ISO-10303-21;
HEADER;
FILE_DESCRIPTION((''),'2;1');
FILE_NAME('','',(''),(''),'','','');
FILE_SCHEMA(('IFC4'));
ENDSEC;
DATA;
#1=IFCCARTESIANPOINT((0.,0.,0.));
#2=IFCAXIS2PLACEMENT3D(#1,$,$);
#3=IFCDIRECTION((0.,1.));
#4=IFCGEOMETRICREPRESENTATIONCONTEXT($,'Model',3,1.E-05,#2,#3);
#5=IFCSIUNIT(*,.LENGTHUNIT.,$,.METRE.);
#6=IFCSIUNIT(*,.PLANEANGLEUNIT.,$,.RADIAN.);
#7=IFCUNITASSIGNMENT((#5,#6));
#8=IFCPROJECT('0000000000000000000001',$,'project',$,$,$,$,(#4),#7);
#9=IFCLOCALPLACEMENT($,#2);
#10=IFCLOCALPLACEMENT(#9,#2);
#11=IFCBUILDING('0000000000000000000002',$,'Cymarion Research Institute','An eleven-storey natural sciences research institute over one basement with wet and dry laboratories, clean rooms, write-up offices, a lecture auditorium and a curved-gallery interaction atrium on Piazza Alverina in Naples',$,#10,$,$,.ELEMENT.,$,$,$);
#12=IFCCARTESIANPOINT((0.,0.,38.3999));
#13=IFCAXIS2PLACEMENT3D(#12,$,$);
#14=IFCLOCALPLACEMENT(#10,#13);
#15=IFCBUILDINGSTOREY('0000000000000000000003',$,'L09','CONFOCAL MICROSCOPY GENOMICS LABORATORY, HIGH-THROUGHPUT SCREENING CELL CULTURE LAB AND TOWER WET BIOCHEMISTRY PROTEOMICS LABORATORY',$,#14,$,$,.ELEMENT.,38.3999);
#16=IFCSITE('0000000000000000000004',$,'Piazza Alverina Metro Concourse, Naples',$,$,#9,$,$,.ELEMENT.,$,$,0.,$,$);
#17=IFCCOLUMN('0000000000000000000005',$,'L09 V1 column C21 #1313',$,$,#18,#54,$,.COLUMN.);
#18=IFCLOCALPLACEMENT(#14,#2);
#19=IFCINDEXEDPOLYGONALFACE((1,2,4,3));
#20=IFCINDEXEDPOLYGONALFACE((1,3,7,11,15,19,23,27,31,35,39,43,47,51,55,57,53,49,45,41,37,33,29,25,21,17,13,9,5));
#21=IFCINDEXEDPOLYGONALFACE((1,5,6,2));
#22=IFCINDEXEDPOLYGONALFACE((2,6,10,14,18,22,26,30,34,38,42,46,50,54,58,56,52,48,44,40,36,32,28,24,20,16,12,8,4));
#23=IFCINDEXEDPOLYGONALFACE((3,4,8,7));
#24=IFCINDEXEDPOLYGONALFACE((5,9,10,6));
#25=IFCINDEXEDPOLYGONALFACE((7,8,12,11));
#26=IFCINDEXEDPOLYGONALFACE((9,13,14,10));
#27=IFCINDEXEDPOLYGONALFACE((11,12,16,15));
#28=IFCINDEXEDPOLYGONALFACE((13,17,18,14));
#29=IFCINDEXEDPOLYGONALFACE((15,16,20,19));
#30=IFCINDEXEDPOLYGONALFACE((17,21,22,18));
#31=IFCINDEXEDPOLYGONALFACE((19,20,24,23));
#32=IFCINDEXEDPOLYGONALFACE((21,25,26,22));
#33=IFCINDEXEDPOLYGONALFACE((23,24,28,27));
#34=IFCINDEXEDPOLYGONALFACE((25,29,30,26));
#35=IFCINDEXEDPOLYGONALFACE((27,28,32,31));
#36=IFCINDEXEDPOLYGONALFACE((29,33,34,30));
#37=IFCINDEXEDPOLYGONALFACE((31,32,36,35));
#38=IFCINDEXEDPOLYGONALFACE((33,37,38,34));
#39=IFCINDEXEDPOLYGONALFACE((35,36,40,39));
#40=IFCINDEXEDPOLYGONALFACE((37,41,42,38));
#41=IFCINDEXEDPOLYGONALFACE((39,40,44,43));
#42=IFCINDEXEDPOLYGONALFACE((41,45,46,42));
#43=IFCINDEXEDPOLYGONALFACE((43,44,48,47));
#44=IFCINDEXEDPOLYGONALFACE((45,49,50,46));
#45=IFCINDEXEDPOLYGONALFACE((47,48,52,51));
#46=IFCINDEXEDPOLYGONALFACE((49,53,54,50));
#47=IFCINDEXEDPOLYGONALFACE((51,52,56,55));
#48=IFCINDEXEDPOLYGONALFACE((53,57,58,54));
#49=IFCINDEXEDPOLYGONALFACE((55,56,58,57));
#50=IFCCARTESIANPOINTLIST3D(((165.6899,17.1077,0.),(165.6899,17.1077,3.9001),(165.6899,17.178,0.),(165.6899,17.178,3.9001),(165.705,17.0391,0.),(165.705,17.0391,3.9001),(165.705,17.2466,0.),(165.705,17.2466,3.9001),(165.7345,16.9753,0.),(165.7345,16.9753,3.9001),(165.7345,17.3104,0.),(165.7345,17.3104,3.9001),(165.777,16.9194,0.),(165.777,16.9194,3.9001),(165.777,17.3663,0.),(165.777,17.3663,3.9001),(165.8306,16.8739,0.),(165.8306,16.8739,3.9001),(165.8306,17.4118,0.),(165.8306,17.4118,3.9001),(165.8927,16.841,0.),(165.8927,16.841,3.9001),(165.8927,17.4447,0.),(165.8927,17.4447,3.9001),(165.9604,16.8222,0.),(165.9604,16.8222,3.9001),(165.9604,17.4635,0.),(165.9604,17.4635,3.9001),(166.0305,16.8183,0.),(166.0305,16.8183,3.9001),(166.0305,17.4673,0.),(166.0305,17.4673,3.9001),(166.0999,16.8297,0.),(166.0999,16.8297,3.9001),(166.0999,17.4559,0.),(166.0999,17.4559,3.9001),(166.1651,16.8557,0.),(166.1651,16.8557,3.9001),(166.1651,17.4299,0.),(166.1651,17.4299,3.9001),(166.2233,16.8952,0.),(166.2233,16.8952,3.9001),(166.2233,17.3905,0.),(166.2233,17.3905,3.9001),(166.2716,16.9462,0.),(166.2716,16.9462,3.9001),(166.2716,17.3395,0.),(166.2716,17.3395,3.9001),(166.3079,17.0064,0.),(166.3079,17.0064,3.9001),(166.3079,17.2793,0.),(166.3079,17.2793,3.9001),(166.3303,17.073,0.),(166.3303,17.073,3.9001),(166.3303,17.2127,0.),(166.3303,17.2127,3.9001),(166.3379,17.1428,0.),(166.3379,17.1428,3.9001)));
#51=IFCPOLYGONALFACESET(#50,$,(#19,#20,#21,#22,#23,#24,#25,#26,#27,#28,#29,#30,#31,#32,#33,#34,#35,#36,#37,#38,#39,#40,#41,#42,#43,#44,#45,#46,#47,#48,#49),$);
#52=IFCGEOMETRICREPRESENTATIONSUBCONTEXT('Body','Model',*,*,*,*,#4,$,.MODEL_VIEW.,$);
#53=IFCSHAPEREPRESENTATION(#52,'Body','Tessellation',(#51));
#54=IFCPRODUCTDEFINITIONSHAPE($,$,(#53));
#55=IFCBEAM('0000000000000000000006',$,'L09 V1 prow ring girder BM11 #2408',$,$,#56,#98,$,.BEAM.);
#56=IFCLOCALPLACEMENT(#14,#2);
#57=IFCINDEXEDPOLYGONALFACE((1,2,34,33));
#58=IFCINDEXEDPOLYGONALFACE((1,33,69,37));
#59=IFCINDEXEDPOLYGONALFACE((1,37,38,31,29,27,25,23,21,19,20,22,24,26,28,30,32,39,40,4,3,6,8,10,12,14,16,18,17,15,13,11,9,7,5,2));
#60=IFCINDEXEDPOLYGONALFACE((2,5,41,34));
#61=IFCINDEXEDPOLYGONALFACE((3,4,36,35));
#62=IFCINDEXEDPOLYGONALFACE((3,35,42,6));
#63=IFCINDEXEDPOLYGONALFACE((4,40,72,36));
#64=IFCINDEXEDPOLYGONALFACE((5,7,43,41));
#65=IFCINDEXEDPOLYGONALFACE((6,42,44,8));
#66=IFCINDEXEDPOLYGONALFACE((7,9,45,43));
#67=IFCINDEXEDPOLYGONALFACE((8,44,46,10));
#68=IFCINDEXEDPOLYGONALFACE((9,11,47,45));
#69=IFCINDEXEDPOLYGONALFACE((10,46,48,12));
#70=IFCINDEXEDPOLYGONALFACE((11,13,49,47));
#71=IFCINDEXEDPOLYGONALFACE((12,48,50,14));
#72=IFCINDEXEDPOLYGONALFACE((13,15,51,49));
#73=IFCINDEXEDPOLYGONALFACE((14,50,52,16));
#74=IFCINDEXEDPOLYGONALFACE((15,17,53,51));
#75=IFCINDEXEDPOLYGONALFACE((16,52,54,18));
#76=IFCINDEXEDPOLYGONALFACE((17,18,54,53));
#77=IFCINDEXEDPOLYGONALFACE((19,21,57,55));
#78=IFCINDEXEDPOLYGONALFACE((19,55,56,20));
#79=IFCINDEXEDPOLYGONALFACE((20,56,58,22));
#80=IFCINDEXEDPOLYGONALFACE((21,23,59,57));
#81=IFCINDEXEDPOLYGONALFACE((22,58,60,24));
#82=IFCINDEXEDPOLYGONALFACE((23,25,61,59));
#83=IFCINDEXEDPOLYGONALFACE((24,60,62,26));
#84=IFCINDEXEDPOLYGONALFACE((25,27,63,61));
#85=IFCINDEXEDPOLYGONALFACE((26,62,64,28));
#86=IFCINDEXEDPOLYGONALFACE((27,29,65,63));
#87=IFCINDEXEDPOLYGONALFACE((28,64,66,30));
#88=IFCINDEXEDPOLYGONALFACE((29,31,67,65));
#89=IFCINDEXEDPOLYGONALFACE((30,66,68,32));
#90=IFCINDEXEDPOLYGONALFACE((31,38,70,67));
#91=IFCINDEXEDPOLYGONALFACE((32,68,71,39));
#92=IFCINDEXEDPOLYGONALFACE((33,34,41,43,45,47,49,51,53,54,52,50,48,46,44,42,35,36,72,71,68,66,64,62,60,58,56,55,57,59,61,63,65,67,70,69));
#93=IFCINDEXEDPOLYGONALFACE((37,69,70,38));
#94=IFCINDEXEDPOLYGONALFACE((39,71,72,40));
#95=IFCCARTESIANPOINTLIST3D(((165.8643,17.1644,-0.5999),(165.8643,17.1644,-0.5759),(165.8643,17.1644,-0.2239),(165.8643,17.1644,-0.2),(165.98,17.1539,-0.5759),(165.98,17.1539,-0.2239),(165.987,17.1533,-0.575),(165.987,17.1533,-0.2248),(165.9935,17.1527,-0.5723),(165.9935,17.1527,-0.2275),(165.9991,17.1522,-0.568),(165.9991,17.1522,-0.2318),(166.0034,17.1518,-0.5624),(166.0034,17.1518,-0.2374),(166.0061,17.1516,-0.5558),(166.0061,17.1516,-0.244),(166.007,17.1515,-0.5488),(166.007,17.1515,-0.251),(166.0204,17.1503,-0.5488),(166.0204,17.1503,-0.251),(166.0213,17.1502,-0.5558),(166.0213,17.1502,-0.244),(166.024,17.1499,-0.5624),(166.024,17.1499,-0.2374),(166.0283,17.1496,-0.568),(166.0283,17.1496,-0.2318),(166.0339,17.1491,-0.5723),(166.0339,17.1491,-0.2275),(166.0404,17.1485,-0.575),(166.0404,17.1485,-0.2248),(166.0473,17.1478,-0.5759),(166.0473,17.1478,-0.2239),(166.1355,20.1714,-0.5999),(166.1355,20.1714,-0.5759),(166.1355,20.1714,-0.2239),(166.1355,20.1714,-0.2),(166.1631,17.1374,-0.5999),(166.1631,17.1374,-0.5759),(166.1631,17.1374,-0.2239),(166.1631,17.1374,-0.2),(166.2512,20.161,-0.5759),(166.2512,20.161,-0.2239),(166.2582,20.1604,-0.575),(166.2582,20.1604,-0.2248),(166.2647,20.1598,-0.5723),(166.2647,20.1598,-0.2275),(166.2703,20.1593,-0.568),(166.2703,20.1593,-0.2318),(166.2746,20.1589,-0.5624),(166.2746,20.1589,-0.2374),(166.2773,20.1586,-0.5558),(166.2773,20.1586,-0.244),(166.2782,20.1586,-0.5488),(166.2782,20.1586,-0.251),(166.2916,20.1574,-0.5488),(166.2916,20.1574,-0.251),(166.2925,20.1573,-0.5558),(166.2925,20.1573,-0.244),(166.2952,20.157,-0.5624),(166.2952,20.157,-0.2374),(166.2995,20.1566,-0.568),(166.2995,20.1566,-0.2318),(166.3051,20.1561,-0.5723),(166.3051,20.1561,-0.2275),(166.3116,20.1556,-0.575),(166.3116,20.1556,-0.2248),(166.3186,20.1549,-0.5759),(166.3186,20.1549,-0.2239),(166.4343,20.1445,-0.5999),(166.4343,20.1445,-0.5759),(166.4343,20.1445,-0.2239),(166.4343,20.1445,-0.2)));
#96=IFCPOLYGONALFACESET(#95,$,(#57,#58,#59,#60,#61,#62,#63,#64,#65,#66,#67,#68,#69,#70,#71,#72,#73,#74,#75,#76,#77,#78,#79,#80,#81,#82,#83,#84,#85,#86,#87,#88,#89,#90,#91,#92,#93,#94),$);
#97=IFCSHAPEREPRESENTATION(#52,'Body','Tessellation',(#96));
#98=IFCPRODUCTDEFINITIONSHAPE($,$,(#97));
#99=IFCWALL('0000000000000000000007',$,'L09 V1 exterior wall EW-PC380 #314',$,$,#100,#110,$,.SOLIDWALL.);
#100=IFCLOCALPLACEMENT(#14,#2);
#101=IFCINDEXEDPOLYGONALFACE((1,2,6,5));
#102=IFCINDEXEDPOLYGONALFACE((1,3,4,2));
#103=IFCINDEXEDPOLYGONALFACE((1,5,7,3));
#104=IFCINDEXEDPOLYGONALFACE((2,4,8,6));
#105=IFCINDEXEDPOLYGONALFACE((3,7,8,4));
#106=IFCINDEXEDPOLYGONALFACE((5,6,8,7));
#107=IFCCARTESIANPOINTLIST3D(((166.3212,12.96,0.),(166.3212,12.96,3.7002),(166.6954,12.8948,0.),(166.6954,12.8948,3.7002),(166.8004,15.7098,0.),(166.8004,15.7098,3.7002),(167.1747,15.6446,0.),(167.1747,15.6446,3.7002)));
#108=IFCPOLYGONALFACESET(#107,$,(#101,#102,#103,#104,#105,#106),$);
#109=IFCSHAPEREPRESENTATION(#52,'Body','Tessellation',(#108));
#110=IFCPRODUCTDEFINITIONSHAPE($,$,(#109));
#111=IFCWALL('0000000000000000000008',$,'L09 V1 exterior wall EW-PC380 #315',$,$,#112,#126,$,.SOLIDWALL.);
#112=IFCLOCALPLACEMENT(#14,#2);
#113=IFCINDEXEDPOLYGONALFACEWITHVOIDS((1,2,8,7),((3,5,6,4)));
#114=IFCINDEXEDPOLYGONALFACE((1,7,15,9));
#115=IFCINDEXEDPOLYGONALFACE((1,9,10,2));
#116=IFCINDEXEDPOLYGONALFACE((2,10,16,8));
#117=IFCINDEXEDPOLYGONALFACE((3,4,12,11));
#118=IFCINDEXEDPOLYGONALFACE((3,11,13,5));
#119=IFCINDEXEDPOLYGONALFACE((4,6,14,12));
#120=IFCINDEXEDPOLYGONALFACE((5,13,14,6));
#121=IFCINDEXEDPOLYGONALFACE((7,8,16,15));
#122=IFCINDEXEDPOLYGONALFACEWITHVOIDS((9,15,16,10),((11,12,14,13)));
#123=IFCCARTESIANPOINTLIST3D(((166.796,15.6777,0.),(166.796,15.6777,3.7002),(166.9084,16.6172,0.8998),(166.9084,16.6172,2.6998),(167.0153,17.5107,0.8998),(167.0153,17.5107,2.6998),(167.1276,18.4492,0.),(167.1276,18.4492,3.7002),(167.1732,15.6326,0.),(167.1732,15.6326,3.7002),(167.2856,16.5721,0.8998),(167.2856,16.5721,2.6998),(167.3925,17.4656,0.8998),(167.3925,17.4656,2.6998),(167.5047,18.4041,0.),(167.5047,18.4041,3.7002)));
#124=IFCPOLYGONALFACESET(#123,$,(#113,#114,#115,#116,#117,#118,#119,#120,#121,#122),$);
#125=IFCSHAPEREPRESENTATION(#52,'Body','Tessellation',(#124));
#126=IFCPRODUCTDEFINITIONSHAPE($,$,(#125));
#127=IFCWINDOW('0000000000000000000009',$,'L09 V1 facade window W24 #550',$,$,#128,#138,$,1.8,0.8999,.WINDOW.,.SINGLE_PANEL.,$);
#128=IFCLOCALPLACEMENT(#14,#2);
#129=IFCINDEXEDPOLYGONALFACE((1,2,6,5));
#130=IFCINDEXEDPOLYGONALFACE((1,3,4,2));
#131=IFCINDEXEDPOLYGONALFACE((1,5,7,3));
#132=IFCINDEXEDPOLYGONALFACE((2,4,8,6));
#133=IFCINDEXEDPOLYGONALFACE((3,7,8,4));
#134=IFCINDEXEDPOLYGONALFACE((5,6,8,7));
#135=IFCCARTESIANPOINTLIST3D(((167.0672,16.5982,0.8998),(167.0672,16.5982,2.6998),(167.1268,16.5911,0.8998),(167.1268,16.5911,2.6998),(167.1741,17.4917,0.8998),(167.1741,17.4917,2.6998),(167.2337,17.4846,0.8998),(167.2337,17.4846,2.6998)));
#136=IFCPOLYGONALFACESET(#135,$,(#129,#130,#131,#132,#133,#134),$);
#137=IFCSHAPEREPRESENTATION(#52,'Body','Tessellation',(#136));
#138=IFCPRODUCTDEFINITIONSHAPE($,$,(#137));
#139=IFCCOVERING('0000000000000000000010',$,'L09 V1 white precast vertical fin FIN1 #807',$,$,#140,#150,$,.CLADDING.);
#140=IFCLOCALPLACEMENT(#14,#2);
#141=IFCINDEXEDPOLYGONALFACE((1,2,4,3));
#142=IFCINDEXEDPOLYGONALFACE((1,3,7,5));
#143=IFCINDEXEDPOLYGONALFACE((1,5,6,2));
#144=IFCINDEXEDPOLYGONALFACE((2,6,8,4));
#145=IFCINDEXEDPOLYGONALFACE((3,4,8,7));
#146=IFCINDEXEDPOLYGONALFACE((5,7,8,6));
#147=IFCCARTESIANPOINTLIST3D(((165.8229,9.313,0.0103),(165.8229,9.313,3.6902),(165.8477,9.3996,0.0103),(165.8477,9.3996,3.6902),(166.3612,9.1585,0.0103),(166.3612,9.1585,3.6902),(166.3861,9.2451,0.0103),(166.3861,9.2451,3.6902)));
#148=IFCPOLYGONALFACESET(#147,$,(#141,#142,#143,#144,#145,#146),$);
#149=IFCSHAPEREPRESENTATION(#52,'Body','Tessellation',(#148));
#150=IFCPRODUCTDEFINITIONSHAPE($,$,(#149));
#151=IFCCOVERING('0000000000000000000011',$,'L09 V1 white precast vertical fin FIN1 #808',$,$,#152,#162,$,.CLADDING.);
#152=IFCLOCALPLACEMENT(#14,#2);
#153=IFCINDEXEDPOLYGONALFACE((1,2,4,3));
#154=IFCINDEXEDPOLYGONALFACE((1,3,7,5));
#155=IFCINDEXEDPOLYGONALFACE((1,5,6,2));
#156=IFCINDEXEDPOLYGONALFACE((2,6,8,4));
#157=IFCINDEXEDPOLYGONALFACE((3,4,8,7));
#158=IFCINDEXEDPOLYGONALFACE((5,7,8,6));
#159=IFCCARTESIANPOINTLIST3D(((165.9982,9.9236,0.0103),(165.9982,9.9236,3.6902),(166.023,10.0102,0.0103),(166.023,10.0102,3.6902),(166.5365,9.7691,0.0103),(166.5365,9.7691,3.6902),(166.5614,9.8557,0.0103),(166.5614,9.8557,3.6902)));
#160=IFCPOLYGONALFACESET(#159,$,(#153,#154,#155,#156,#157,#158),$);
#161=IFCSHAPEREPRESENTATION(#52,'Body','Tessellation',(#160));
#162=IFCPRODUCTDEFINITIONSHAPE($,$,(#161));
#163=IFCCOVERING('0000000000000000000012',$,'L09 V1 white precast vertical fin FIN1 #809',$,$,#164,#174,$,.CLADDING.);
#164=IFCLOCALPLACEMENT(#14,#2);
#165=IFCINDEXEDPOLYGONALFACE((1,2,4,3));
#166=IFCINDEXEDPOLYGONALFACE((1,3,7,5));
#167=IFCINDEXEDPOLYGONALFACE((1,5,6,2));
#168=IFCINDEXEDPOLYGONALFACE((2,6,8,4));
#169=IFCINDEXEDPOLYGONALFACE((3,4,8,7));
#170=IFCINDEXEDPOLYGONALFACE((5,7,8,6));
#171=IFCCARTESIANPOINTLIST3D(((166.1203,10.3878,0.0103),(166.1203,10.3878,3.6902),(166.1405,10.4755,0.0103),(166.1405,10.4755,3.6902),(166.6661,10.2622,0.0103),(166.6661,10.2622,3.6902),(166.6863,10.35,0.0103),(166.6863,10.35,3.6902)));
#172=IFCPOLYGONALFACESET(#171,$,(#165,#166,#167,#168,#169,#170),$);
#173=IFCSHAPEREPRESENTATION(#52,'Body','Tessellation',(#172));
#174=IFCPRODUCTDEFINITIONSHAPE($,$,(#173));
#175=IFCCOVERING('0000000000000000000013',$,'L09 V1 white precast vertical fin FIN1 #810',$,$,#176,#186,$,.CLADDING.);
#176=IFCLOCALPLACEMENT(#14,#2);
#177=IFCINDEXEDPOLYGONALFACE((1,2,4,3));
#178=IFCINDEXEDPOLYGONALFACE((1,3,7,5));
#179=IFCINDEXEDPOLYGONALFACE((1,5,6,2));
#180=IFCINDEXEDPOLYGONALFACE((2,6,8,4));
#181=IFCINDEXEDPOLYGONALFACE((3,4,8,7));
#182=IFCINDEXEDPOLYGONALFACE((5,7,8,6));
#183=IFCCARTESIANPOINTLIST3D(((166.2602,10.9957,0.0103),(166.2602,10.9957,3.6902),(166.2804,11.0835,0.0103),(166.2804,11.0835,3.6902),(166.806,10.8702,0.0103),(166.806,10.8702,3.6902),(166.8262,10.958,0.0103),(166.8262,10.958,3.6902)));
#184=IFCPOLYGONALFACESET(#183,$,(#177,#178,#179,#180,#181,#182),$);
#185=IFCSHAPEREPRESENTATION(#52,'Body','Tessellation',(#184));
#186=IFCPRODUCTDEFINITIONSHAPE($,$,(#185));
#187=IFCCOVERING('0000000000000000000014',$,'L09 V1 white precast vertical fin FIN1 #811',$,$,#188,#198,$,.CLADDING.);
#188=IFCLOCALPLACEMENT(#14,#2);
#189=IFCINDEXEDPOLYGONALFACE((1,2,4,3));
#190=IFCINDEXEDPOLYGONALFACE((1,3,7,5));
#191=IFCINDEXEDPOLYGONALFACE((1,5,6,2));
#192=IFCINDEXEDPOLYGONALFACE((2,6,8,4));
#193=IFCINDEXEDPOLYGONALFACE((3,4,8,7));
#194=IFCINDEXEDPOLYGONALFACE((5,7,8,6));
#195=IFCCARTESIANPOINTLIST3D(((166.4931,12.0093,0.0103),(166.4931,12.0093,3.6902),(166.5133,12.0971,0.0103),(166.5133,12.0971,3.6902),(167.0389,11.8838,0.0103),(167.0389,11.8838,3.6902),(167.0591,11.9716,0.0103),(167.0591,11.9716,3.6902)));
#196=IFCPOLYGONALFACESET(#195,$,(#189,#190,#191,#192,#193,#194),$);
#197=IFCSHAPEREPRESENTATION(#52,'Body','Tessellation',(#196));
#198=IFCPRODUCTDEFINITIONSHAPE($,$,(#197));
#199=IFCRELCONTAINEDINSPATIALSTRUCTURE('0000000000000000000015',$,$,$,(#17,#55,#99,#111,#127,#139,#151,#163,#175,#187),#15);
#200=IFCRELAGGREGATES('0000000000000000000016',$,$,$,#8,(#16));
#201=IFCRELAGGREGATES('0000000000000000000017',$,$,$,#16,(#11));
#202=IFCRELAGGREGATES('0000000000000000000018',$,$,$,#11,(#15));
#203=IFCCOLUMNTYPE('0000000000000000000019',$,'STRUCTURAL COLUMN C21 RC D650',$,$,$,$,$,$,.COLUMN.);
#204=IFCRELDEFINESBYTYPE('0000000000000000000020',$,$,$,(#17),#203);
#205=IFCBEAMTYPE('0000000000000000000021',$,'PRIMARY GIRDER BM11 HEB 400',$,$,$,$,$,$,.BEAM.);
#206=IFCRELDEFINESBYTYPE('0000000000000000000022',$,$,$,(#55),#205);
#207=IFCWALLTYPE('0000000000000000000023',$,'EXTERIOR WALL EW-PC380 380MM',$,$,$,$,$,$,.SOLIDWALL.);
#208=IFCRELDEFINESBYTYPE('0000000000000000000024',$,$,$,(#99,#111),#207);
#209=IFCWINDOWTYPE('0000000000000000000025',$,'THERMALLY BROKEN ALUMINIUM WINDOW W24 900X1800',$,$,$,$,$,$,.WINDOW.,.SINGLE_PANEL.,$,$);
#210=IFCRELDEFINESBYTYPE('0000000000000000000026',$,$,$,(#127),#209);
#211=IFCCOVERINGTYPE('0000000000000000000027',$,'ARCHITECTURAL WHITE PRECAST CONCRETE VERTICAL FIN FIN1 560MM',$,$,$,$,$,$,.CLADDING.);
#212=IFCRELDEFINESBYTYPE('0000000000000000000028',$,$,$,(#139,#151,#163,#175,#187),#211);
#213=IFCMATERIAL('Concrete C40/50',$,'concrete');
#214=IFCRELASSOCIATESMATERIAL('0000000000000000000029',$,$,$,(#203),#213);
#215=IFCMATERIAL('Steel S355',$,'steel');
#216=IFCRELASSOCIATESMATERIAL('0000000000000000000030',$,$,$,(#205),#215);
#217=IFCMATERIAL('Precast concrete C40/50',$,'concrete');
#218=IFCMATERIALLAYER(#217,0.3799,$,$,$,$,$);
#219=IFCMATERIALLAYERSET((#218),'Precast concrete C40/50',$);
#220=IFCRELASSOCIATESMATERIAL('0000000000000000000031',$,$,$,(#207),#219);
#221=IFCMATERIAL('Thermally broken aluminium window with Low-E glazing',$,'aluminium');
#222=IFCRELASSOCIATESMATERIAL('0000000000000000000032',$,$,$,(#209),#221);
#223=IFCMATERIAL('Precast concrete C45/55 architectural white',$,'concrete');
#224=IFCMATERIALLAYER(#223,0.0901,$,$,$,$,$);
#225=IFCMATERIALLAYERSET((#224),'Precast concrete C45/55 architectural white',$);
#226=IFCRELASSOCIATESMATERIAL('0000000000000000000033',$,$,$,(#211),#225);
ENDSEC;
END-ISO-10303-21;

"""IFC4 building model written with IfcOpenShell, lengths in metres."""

from ifc_helpers import new_model, si_unit, direction, frame, frame_2d, origin, origin_2d, place, context, subcontext, project, spatial, rectangle, circle, i_section, extrude, material, layer, layer_set, material_profile, profile_set, type_object, element, fill, save


model = new_model("IFC4")

# Units and contexts
model_context = context("Model", 3, precision=1e-05, world=origin(), true_north=direction((0.0, 1.0)))
body_context = subcontext(model_context, "Body", "Model", "MODEL_VIEW")
ifc_project = project(units=[si_unit("LENGTHUNIT", "METRE"), si_unit("PLANEANGLEUNIT", "RADIAN")], contexts=[model_context])

# Site, building, storey
site_placement = place(None, origin())
site = spatial("IfcSite", under=ifc_project, at=site_placement, Name="Piazza Alverina Metro Concourse, Naples", CompositionType="ELEMENT", RefElevation=0.0)
building_placement = place(site_placement, origin())
building = spatial("IfcBuilding", under=site, at=building_placement, Name="Cymarion Research Institute", Description="An eleven-storey natural sciences research institute over one basement with wet and dry laboratories, clean rooms, write-up offices, a lecture auditorium and a curved-gallery interaction atrium on Piazza Alverina in Naples", CompositionType="ELEMENT")
storey_placement = place(building_placement, frame((0.0, 0.0, 38.3999)))
storey = spatial("IfcBuildingStorey", under=building, at=storey_placement, Name="L09", Description="CONFOCAL MICROSCOPY GENOMICS LABORATORY, HIGH-THROUGHPUT SCREENING CELL CULTURE LAB AND TOWER WET BIOCHEMISTRY PROTEOMICS LABORATORY", CompositionType="ELEMENT", Elevation=38.3999)

# Column
ifc_material_1 = material(Name="Concrete C40/50", Category="concrete")
ifc_material_profile_1 = material_profile(ifc_material_1, circle(Radius=0.325, at=origin_2d()), Name="RC D650")
ifc_profile_set_1 = profile_set([ifc_material_profile_1], Name="Concrete C40/50")
column_type = type_object("IfcColumnType", Name="STRUCTURAL COLUMN C21 RC D650", PredefinedType="COLUMN", material=ifc_profile_set_1)
column_placement = place(storey_placement, frame((166.0129, 17.1428, 0.0), z_axis=(0.0, 0.0, 1.0), x_axis=(1.0, 0.0, 0.0)))
element("IfcColumn", 1, at=column_placement, inside=storey, type_object=column_type, Name="L09 V1 column C21 #1313", PredefinedType="COLUMN", context=body_context, shape_type="SweptSolid", body=[
    extrude(circle(Radius=0.325, at=origin_2d()), origin(), (0.0, 0.0, 1.0), 3.9001),
])

# Beam
ifc_material_2 = material(Name="Steel S355", Category="steel")
ifc_material_profile_2 = material_profile(ifc_material_2, i_section(OverallWidth=0.3, OverallDepth=0.3999, WebThickness=0.0134, FlangeThickness=0.0239, FilletRadius=0.0271, at=origin_2d()), Name="HEB 400")
ifc_profile_set_2 = profile_set([ifc_material_profile_2], Name="Steel S355")
beam_type = type_object("IfcBeamType", Name="PRIMARY GIRDER BM11 HEB 400", PredefinedType="BEAM", material=ifc_profile_set_2)
beam_placement = place(storey_placement, frame((166.0137, 17.1509, -0.3999), z_axis=(0.089836, 0.995957, 0.0), x_axis=(-0.995957, 0.089836, 0.0)))
element("IfcBeam", 2, at=beam_placement, inside=storey, type_object=beam_type, Name="L09 V1 prow ring girder BM11 #2408", PredefinedType="BEAM", context=body_context, shape_type="SweptSolid", body=[
    extrude(i_section(OverallWidth=0.3, OverallDepth=0.3999, WebThickness=0.0134, FlangeThickness=0.0239, FilletRadius=0.0271, at=origin_2d()), origin(), (0.0, 0.0, 1.0), 3.0193),
])

# Wall
ifc_material_3 = material(Name="Precast concrete C40/50", Category="concrete")
ifc_layer_1 = layer(ifc_material_3, 0.3799)
ifc_layer_set_1 = layer_set([ifc_layer_1], Name="Precast concrete C40/50")
wall_type = type_object("IfcWallType", Name="EXTERIOR WALL EW-PC380 380MM", PredefinedType="SOLIDWALL", material=ifc_layer_set_1)
wall_1_placement = place(storey_placement, frame((166.5083, 12.9275, 0.0), z_axis=(0.0, 0.0, 1.0), x_axis=(0.171699, 0.985149, 0.0)))
element("IfcWall", 3, at=wall_1_placement, inside=storey, type_object=wall_type, Name="L09 V1 exterior wall EW-PC380 #314", PredefinedType="SOLIDWALL", context=body_context, shape_type="SweptSolid", body=[
    extrude(rectangle(XDim=2.7913, YDim=0.3799, at=frame_2d((1.3955, 0.0))), origin(), (0.0, 0.0, 1.0), 3.7002),
])

# Wall, opening, window
wall_2_placement = place(storey_placement, frame((166.9846, 15.6553, 0.0), z_axis=(0.0, 0.0, 1.0), x_axis=(0.11878, 0.992921, 0.0)))
wall_2 = element("IfcWall", 4, at=wall_2_placement, inside=storey, type_object=wall_type, Name="L09 V1 exterior wall EW-PC380 #315", PredefinedType="SOLIDWALL", context=body_context, shape_type="SweptSolid", body=[
    extrude(rectangle(XDim=2.7913, YDim=0.3799, at=frame_2d((1.3955, 0.0))), origin(), (0.0, 0.0, 1.0), 3.7002),
])
opening_placement = place(wall_2_placement, frame((0.946, 0.0, 0.8999)))
opening = element("IfcOpeningElement", 5, at=opening_placement, cuts=wall_2, PredefinedType="OPENING", context=body_context, shape_type="SweptSolid", body=[
    extrude(rectangle(XDim=0.8999, YDim=1.8, at=frame_2d((0.45, 0.8999))), frame((0.0, 0.2, 0.0), z_axis=(0.0, -1.0, 0.0), x_axis=(1.0, 0.0, 0.0)), (0.0, 0.0, 1.0), 0.3999),
])
ifc_material_4 = material(Name="Thermally broken aluminium window with Low-E glazing", Category="aluminium")
window_type = type_object("IfcWindowType", Name="THERMALLY BROKEN ALUMINIUM WINDOW W24 900X1800", PartitioningType="SINGLE_PANEL", PredefinedType="WINDOW", material=ifc_material_4)
window_placement = place(opening_placement, origin())
window = element("IfcWindow", 6, at=window_placement, inside=storey, type_object=window_type, Name="L09 V1 facade window W24 #550", OverallHeight=1.8, OverallWidth=0.8999, PartitioningType="SINGLE_PANEL", PredefinedType="WINDOW", context=body_context, shape_type="SweptSolid", body=[
    extrude(rectangle(XDim=0.8999, YDim=1.8, at=frame_2d((0.45, 0.8999))), frame((0.0, 0.03, 0.0), z_axis=(0.0, -1.0, 0.0), x_axis=(1.0, 0.0, 0.0)), (0.0, 0.0, 1.0), 0.0601),
])
fill(opening, window)

# Coverings
ifc_material_5 = material(Name="Precast concrete C45/55 architectural white", Category="concrete")
ifc_layer_2 = layer(ifc_material_5, 0.0901)
ifc_layer_set_2 = layer_set([ifc_layer_2], Name="Precast concrete C45/55 architectural white")
covering_type = type_object("IfcCoveringType", Name="ARCHITECTURAL WHITE PRECAST CONCRETE VERTICAL FIN FIN1 560MM", PredefinedType="CLADDING", material=ifc_layer_set_2)
for number, where, z_axis, x_axis, name in (
    (7, (166.1045, 9.2791, 0.0103), (0.0, 0.0, 1.0), (0.961214, -0.275805, 0.0), "L09 V1 white precast vertical fin FIN1 #807"),
    (8, (166.2798, 9.8896, 0.0103), (0.0, 0.0, 1.0), (0.961214, -0.275805, 0.0), "L09 V1 white precast vertical fin FIN1 #808"),
    (9, (166.4033, 10.3689, 0.0103), (0.0, 0.0, 1.0), (0.974566, -0.224101, 0.0), "L09 V1 white precast vertical fin FIN1 #809"),
    (10, (166.5432, 10.9768, 0.0103), (0.0, 0.0, 1.0), (0.974566, -0.224101, 0.0), "L09 V1 white precast vertical fin FIN1 #810"),
    (11, (166.7761, 11.9905, 0.0103), (0.0, 0.0, 1.0), (0.974566, -0.224101, 0.0), "L09 V1 white precast vertical fin FIN1 #811"),
):
    element("IfcCovering", number, at=place(storey_placement, frame(where, z_axis=z_axis, x_axis=x_axis)), inside=storey, type_object=covering_type, Name=name, PredefinedType="CLADDING", context=body_context, shape_type="SweptSolid", body=[
        extrude(rectangle(XDim=0.5601, YDim=0.0901, at=origin_2d()), origin(), (0.0, 0.0, 1.0), 3.6799),
    ])

save(model, "model.ifc")
